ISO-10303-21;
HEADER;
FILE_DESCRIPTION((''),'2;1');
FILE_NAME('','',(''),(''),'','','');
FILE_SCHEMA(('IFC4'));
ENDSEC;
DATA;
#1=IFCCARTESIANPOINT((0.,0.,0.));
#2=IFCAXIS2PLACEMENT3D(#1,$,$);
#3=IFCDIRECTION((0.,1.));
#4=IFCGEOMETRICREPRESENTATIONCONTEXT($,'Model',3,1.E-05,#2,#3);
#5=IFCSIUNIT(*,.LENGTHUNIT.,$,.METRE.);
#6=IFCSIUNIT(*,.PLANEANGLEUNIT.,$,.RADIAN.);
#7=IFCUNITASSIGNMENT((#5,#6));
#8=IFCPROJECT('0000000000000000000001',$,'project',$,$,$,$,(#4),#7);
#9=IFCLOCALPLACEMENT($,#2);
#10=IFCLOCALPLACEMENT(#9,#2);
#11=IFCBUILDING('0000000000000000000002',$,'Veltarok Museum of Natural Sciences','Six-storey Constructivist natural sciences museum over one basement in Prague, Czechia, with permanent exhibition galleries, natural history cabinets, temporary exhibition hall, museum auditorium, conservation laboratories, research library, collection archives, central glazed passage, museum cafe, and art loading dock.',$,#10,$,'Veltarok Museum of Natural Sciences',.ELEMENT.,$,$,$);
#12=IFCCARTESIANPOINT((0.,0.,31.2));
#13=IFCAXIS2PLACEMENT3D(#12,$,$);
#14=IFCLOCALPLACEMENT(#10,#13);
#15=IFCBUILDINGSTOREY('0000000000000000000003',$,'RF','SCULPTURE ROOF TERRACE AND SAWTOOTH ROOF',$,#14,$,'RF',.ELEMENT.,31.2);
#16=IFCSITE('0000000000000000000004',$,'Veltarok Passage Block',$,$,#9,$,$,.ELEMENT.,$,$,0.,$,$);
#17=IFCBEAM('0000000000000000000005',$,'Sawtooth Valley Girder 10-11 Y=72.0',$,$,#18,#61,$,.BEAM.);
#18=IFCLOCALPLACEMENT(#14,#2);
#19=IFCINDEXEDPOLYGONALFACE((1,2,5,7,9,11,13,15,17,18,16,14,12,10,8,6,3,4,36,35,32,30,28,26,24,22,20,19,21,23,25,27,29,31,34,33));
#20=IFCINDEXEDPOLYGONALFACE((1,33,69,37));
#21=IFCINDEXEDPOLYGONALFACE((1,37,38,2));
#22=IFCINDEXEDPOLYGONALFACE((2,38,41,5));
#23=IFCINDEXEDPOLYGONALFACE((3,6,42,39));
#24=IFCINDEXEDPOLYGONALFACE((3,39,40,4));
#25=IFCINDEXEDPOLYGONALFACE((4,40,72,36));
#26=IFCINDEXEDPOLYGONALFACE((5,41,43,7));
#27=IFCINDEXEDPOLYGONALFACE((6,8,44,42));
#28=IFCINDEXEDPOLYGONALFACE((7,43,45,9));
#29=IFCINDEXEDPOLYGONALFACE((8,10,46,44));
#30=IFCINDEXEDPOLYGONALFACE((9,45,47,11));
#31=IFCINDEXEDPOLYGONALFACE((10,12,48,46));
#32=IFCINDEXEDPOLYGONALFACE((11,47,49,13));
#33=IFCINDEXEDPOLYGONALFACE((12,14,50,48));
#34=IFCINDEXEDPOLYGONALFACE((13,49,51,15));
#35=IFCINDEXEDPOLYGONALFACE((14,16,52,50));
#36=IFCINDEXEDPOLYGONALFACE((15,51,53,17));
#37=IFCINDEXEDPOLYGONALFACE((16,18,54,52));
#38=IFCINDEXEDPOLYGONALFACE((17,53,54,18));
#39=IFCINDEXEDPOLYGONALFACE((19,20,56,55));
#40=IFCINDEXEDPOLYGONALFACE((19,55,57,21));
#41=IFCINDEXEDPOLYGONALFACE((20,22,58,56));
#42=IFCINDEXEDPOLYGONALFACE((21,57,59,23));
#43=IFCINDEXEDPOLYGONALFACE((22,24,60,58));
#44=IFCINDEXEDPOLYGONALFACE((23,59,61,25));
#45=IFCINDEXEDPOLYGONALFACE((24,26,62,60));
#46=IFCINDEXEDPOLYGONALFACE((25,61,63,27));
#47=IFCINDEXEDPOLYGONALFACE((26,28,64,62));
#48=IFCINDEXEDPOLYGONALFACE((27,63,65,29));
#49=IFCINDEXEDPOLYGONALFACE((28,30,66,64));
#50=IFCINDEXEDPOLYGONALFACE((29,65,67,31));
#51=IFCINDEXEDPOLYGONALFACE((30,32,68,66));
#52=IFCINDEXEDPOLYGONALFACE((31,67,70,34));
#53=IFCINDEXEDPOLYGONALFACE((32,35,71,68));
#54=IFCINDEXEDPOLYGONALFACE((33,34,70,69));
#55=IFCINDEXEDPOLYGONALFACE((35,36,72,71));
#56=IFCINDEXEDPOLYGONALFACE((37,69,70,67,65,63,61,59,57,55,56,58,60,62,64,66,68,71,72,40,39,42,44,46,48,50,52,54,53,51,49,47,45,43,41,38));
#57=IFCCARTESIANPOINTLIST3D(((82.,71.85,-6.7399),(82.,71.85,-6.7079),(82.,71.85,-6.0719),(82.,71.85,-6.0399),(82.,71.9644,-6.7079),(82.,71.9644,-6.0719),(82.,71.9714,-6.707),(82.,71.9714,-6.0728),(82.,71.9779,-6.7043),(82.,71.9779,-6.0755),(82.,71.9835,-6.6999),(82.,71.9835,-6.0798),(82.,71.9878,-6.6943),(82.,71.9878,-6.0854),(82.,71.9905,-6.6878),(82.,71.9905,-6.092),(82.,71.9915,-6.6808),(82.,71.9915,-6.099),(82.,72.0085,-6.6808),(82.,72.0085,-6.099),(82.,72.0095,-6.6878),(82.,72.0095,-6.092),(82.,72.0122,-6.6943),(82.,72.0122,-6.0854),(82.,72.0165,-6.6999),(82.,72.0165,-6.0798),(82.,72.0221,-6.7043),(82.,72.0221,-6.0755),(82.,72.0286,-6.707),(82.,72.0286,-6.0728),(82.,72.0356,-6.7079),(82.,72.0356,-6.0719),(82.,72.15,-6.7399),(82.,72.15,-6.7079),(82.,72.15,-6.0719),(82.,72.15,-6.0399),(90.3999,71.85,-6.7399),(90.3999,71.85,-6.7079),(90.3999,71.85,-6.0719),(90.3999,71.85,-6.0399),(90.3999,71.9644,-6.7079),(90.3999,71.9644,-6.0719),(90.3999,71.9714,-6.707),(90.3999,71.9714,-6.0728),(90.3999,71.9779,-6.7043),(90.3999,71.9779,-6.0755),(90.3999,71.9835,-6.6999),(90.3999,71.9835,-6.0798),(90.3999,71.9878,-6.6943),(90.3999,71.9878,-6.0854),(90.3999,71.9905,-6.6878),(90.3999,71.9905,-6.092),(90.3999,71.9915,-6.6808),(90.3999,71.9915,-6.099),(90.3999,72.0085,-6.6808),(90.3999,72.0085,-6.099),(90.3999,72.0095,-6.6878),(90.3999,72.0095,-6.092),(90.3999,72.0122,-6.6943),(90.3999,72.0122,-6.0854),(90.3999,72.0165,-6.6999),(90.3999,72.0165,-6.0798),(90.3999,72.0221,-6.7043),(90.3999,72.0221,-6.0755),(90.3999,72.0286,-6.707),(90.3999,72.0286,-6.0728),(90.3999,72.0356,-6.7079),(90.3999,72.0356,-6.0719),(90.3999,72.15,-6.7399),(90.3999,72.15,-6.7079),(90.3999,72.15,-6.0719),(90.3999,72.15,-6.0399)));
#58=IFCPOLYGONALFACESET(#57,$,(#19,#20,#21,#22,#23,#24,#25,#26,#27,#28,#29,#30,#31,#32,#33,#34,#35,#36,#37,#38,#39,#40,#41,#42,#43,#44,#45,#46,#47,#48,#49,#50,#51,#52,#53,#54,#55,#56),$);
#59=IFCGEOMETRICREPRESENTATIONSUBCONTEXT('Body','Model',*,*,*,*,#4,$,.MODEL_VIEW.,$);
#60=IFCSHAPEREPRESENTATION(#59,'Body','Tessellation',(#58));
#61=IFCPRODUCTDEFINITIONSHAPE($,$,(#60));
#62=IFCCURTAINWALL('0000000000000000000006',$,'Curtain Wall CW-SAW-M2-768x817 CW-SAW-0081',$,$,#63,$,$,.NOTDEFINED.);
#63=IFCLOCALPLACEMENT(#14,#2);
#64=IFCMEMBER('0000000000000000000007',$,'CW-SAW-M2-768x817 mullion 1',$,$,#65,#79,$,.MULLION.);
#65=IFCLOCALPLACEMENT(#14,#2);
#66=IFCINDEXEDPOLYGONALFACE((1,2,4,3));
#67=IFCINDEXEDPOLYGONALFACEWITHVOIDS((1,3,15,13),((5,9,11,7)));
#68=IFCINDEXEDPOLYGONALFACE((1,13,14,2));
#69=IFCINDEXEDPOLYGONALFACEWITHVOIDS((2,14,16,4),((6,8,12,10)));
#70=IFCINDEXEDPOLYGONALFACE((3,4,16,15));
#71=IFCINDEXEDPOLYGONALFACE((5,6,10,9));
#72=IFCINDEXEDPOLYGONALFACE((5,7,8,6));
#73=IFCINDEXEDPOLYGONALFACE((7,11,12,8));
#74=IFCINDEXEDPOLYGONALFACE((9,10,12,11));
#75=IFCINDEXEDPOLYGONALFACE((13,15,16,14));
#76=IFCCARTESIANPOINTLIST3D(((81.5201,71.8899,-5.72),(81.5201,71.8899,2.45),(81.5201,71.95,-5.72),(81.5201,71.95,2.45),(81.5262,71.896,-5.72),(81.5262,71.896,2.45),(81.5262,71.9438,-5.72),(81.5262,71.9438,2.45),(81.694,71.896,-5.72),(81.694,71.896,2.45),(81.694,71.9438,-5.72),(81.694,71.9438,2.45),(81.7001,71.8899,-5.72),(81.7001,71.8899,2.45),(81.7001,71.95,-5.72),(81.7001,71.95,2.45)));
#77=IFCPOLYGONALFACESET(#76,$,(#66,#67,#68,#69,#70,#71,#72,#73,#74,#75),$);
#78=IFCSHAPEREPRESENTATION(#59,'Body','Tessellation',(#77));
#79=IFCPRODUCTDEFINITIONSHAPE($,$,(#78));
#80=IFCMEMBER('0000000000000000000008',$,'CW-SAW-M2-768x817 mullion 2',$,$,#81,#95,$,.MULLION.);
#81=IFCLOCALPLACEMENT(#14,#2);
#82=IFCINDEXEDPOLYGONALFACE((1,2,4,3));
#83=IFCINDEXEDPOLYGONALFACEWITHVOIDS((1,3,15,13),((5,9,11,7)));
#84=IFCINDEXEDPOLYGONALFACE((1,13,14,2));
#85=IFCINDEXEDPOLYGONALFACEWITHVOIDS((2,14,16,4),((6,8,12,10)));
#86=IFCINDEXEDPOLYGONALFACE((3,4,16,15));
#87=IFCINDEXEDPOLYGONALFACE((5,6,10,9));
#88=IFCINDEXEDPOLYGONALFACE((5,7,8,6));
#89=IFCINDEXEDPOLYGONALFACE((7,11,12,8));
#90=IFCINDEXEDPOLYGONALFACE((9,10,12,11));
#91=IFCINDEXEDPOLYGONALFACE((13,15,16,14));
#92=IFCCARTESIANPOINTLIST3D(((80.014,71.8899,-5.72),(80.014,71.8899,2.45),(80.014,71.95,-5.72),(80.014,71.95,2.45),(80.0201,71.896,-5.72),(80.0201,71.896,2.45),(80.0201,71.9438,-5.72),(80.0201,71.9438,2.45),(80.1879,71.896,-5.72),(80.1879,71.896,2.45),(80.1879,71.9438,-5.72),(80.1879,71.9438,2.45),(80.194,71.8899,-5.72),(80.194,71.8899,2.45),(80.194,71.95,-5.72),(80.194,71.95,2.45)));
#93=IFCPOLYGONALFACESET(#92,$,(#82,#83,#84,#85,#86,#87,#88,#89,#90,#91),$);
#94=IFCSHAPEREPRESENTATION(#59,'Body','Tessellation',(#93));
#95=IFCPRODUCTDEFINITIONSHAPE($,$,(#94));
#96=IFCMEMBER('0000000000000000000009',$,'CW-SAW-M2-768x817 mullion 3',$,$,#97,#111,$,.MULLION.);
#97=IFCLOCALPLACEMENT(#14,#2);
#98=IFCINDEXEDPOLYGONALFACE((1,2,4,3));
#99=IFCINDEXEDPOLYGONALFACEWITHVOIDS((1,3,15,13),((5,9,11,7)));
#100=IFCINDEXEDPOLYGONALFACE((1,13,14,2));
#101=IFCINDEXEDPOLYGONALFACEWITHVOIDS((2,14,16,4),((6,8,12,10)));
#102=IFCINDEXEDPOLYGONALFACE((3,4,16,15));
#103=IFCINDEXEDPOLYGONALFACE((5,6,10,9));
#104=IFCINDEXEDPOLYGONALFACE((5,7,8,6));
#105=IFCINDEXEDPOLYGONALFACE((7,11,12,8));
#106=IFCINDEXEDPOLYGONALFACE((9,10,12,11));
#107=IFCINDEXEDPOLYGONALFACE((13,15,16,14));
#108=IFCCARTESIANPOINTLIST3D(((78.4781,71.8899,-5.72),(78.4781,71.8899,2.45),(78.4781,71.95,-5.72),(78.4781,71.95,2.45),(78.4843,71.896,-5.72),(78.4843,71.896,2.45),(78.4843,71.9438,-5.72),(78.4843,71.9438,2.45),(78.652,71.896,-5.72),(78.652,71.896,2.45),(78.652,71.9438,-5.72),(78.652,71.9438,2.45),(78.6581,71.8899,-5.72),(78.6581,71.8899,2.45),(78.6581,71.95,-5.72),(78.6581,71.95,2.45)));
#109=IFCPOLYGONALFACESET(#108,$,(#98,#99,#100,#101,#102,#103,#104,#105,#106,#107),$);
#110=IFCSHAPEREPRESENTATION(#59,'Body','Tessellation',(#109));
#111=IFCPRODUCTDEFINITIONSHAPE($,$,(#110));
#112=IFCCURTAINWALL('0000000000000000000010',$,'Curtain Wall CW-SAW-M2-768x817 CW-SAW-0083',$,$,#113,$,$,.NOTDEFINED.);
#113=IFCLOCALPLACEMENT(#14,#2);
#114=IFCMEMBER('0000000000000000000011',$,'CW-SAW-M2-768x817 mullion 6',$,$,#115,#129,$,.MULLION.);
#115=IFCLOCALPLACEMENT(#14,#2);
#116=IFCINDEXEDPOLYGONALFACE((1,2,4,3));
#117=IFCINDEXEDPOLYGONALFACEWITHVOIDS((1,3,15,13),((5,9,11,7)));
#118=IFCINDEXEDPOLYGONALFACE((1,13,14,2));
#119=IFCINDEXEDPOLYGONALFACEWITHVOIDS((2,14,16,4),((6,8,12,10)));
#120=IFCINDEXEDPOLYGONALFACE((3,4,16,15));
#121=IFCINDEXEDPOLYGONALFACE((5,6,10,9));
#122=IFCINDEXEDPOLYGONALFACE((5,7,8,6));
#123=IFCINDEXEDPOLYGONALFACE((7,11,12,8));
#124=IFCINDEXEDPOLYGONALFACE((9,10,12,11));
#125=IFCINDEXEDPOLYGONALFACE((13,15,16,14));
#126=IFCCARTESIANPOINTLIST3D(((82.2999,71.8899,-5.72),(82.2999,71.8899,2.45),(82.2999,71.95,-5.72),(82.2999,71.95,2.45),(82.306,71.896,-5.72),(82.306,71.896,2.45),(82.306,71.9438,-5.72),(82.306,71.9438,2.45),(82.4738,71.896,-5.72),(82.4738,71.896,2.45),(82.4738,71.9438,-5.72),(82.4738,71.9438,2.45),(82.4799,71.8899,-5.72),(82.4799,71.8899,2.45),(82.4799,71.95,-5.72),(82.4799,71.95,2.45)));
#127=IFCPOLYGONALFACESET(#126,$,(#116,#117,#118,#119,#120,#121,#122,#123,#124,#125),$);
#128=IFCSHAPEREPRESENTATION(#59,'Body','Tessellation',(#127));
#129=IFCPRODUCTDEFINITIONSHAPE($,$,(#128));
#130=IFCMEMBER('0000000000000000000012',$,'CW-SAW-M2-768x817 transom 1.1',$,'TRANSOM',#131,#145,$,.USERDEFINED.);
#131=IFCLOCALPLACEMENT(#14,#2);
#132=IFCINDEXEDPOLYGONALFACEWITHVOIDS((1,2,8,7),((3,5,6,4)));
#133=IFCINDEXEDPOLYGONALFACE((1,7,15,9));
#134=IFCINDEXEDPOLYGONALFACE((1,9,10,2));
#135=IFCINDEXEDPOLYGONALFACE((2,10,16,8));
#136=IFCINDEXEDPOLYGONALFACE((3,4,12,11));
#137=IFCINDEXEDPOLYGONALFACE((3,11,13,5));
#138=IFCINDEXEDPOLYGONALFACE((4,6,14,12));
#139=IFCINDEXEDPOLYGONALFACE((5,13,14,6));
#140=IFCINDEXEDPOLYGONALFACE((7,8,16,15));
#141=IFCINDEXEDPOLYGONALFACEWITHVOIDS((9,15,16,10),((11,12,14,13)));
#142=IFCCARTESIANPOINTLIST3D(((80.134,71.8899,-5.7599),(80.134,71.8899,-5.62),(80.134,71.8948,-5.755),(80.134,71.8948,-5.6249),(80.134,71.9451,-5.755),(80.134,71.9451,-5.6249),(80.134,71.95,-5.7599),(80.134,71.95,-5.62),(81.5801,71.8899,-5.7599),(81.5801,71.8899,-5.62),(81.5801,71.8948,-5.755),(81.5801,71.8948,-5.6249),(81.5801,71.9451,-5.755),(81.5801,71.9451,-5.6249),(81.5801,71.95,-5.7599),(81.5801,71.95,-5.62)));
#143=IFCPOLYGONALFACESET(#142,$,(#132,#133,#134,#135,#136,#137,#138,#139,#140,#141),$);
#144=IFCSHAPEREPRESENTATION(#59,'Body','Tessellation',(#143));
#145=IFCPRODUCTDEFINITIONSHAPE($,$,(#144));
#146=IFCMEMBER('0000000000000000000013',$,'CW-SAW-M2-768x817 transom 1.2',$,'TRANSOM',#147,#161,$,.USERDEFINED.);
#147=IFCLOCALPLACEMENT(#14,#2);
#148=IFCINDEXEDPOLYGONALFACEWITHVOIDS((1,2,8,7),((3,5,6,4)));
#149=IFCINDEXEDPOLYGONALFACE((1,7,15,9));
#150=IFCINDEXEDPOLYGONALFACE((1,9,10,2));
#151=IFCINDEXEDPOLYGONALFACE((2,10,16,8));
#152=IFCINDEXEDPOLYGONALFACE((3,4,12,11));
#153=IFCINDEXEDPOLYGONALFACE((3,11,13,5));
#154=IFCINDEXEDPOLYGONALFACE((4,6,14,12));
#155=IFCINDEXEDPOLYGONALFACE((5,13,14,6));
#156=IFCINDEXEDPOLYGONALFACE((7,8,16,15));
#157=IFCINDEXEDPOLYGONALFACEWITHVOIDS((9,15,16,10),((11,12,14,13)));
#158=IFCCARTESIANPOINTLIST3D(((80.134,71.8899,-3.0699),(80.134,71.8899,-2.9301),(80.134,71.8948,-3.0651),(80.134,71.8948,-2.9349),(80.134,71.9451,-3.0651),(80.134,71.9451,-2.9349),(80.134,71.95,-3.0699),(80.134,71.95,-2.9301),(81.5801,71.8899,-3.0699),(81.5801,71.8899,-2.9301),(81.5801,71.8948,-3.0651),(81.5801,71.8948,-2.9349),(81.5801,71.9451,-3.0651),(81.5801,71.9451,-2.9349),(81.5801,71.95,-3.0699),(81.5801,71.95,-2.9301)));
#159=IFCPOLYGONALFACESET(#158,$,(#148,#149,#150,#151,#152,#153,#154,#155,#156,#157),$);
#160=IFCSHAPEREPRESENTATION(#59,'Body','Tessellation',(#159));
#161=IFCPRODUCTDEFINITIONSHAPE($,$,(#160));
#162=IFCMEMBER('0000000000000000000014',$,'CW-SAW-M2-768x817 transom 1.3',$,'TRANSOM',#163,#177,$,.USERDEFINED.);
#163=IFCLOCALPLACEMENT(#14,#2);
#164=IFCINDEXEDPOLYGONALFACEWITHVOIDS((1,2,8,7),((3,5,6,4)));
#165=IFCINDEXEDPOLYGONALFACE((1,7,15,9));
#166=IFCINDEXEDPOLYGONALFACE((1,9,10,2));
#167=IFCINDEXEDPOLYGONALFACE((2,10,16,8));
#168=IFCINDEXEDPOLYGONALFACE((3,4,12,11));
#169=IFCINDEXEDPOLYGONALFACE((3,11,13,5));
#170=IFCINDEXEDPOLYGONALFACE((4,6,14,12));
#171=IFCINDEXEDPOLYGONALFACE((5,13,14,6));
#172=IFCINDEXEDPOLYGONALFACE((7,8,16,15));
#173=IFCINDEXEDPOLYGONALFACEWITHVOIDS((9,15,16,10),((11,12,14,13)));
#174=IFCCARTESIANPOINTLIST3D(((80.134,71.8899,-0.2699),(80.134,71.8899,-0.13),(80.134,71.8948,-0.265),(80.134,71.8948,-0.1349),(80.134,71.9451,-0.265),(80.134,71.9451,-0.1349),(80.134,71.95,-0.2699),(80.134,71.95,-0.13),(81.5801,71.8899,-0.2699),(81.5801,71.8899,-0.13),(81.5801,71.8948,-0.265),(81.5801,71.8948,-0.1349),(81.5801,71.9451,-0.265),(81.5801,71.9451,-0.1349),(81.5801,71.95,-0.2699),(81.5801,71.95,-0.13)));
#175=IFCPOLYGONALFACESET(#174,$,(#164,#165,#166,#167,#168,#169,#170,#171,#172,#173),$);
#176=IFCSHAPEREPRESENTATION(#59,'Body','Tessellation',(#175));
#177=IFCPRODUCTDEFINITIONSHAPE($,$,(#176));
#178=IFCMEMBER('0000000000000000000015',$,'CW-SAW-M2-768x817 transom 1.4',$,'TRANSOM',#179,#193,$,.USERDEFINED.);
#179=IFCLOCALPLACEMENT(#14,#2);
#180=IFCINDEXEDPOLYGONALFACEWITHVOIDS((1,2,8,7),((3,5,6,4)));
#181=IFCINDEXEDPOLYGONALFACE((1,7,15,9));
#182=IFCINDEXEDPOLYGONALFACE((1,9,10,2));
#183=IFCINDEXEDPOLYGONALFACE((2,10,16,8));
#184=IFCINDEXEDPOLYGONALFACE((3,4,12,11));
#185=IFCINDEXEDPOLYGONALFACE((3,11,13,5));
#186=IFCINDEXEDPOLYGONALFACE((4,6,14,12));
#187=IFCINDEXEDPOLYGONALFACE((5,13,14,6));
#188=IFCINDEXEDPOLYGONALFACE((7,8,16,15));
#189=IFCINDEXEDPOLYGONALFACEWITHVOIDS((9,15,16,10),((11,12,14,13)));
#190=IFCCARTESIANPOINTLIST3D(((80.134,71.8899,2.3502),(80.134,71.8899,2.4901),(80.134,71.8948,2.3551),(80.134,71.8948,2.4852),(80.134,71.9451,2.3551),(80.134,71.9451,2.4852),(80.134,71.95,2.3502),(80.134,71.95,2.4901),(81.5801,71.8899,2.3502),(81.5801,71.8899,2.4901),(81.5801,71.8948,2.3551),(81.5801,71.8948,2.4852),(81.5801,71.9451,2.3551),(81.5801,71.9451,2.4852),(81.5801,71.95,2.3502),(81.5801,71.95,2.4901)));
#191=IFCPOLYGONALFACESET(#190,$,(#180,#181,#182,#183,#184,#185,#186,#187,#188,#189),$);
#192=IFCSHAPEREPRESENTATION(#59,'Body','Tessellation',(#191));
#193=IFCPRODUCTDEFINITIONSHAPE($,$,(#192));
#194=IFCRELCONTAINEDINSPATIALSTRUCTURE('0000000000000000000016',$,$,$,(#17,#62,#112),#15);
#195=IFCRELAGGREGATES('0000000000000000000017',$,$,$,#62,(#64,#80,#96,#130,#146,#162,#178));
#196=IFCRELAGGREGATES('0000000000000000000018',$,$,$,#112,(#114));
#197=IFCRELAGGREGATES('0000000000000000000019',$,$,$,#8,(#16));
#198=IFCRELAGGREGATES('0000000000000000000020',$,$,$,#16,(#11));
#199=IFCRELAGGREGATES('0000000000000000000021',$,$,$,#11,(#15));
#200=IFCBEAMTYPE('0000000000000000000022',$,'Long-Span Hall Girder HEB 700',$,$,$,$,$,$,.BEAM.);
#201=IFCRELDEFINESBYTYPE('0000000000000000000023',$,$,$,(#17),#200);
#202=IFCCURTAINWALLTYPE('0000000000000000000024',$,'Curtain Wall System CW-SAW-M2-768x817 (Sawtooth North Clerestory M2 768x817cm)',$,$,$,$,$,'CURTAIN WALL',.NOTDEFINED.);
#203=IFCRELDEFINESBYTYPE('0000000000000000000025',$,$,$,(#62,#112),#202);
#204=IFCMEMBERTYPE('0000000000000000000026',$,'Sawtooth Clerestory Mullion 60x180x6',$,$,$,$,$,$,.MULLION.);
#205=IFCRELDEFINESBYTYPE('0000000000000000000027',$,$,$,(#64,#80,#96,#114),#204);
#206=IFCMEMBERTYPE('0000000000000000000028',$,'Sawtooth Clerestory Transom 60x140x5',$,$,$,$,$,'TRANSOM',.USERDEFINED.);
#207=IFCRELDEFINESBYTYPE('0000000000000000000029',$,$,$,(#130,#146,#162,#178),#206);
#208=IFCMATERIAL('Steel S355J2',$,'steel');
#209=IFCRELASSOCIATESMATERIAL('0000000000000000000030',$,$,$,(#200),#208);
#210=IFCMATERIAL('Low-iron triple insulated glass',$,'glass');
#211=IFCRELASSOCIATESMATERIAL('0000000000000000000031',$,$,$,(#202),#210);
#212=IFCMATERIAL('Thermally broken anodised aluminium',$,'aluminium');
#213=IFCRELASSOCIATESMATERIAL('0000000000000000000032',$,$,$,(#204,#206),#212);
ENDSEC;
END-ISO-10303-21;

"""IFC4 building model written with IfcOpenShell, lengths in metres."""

from ifc_helpers import new_model, si_unit, direction, frame, origin, origin_2d, place, context, subcontext, project, spatial, hollow_rectangle, i_section, extrude, material, material_profile, profile_set, type_object, element, aggregate, save


model = new_model("IFC4")

# Units and contexts
model_context = context("Model", 3, precision=1e-05, world=origin(), true_north=direction((0.0, 1.0)))
body_context = subcontext(model_context, "Body", "Model", "MODEL_VIEW")
ifc_project = project(units=[si_unit("LENGTHUNIT", "METRE"), si_unit("PLANEANGLEUNIT", "RADIAN")], contexts=[model_context])

# Site, building, storey
site_placement = place(None, origin())
site = spatial("IfcSite", under=ifc_project, at=site_placement, Name="Veltarok Passage Block", CompositionType="ELEMENT", RefElevation=0.0)
building_placement = place(site_placement, origin())
building = spatial("IfcBuilding", under=site, at=building_placement, Name="Veltarok Museum of Natural Sciences", Description="Six-storey Constructivist natural sciences museum over one basement in Prague, Czechia, with permanent exhibition galleries, natural history cabinets, temporary exhibition hall, museum auditorium, conservation laboratories, research library, collection archives, central glazed passage, museum cafe, and art loading dock.", LongName="Veltarok Museum of Natural Sciences", CompositionType="ELEMENT")
storey_placement = place(building_placement, frame((0.0, 0.0, 31.2)))
storey = spatial("IfcBuildingStorey", under=building, at=storey_placement, Name="RF", Description="SCULPTURE ROOF TERRACE AND SAWTOOTH ROOF", LongName="RF", CompositionType="ELEMENT", Elevation=31.2)

# Beam
ifc_material_1 = material(Name="Steel S355J2", Category="steel")
ifc_material_profile_1 = material_profile(ifc_material_1, i_section(OverallWidth=0.3, OverallDepth=0.7, WebThickness=0.0171, FlangeThickness=0.032, FilletRadius=0.0271, at=origin_2d()), Name="HEB 700")
ifc_profile_set_1 = profile_set([ifc_material_profile_1], Name="Steel S355J2")
beam_type = type_object("IfcBeamType", Name="Long-Span Hall Girder HEB 700", PredefinedType="BEAM", material=ifc_profile_set_1)
beam_placement = place(storey_placement, frame((82.0, 72.0, -6.3899), z_axis=(1.0, 0.0, 0.0), x_axis=(0.0, 1.0, 0.0)))
element("IfcBeam", 1, at=beam_placement, inside=storey, type_object=beam_type, Name="Sawtooth Valley Girder 10-11 Y=72.0", PredefinedType="BEAM", context=body_context, shape_type="SweptSolid", body=[
    extrude(i_section(OverallWidth=0.3, OverallDepth=0.7, WebThickness=0.0171, FlangeThickness=0.032, FilletRadius=0.0271, at=origin_2d()), origin(), (0.0, 0.0, 1.0), 8.3999),
])

# Curtain wall, members
ifc_material_2 = material(Name="Low-iron triple insulated glass", Category="glass")
curtain_wall_type = type_object("IfcCurtainWallType", Name="Curtain Wall System CW-SAW-M2-768x817 (Sawtooth North Clerestory M2 768x817cm)", ElementType="CURTAIN WALL", PredefinedType="NOTDEFINED", material=ifc_material_2)
curtain_wall_1_placement = place(storey_placement, origin())
curtain_wall_1 = element("IfcCurtainWall", 2, at=curtain_wall_1_placement, inside=storey, type_object=curtain_wall_type, Name="Curtain Wall CW-SAW-M2-768x817 CW-SAW-0081", PredefinedType="NOTDEFINED")
ifc_material_3 = material(Name="Thermally broken anodised aluminium", Category="aluminium")
ifc_material_profile_2 = material_profile(ifc_material_3, hollow_rectangle(XDim=0.0601, YDim=0.1799, WallThickness=0.0061, at=origin_2d()), Name="CW MULLION 60x180x6")
ifc_profile_set_2 = profile_set([ifc_material_profile_2], Name="Thermally broken anodised aluminium")
member_type_1 = type_object("IfcMemberType", Name="Sawtooth Clerestory Mullion 60x180x6", PredefinedType="MULLION", material=ifc_profile_set_2)
member_1_placement = place(storey_placement, frame((81.6101, 71.9199, -5.72), z_axis=(0.0, 0.0, 1.0), x_axis=(0.0, -1.0, 0.0)))
member_1 = element("IfcMember", 3, at=member_1_placement, type_object=member_type_1, Name="CW-SAW-M2-768x817 mullion 1", PredefinedType="MULLION", context=body_context, shape_type="SweptSolid", body=[
    extrude(hollow_rectangle(XDim=0.0601, YDim=0.1799, WallThickness=0.0061, at=origin_2d()), origin(), (0.0, 0.0, 1.0), 8.1699),
])
member_2_placement = place(storey_placement, frame((80.104, 71.9199, -5.72), z_axis=(0.0, 0.0, 1.0), x_axis=(0.0, -1.0, 0.0)))
member_2 = element("IfcMember", 4, at=member_2_placement, type_object=member_type_1, Name="CW-SAW-M2-768x817 mullion 2", PredefinedType="MULLION", context=body_context, shape_type="SweptSolid", body=[
    extrude(hollow_rectangle(XDim=0.0601, YDim=0.1799, WallThickness=0.0061, at=origin_2d()), origin(), (0.0, 0.0, 1.0), 8.1699),
])
member_3_placement = place(storey_placement, frame((78.5681, 71.9199, -5.72), z_axis=(0.0, 0.0, 1.0), x_axis=(0.0, -1.0, 0.0)))
member_3 = element("IfcMember", 5, at=member_3_placement, type_object=member_type_1, Name="CW-SAW-M2-768x817 mullion 3", PredefinedType="MULLION", context=body_context, shape_type="SweptSolid", body=[
    extrude(hollow_rectangle(XDim=0.0601, YDim=0.1799, WallThickness=0.0061, at=origin_2d()), origin(), (0.0, 0.0, 1.0), 8.1699),
])

# Curtain wall, member
curtain_wall_2_placement = place(storey_placement, origin())
curtain_wall_2 = element("IfcCurtainWall", 6, at=curtain_wall_2_placement, inside=storey, type_object=curtain_wall_type, Name="Curtain Wall CW-SAW-M2-768x817 CW-SAW-0083", PredefinedType="NOTDEFINED")
member_4_placement = place(storey_placement, frame((82.3899, 71.9199, -5.72), z_axis=(0.0, 0.0, 1.0), x_axis=(0.0, -1.0, 0.0)))
member_4 = element("IfcMember", 7, at=member_4_placement, type_object=member_type_1, Name="CW-SAW-M2-768x817 mullion 6", PredefinedType="MULLION", context=body_context, shape_type="SweptSolid", body=[
    extrude(hollow_rectangle(XDim=0.0601, YDim=0.1799, WallThickness=0.0061, at=origin_2d()), origin(), (0.0, 0.0, 1.0), 8.1699),
])

# Members
ifc_material_profile_3 = material_profile(ifc_material_3, hollow_rectangle(XDim=0.0601, YDim=0.1399, WallThickness=0.0049, at=origin_2d()), Name="CW TRANSOM 60x140x5")
ifc_profile_set_3 = profile_set([ifc_material_profile_3], Name="Thermally broken anodised aluminium")
member_type_2 = type_object("IfcMemberType", Name="Sawtooth Clerestory Transom 60x140x5", ElementType="TRANSOM", PredefinedType="USERDEFINED", material=ifc_profile_set_3)
member_5_placement = place(storey_placement, frame((81.5801, 71.9199, -5.6899), z_axis=(-1.0, 0.0, 0.0), x_axis=(0.0, -1.0, 0.0)))
member_5 = element("IfcMember", 8, at=member_5_placement, type_object=member_type_2, Name="CW-SAW-M2-768x817 transom 1.1", ObjectType="TRANSOM", PredefinedType="USERDEFINED", context=body_context, shape_type="SweptSolid", body=[
    extrude(hollow_rectangle(XDim=0.0601, YDim=0.1399, WallThickness=0.0049, at=origin_2d()), origin(), (0.0, 0.0, 1.0), 1.446),
])
member_6_placement = place(storey_placement, frame((81.5801, 71.9199, -3.0), z_axis=(-1.0, 0.0, 0.0), x_axis=(0.0, -1.0, 0.0)))
member_6 = element("IfcMember", 9, at=member_6_placement, type_object=member_type_2, Name="CW-SAW-M2-768x817 transom 1.2", ObjectType="TRANSOM", PredefinedType="USERDEFINED", context=body_context, shape_type="SweptSolid", body=[
    extrude(hollow_rectangle(XDim=0.0601, YDim=0.1399, WallThickness=0.0049, at=origin_2d()), origin(), (0.0, 0.0, 1.0), 1.446),
])
member_7_placement = place(storey_placement, frame((81.5801, 71.9199, -0.2), z_axis=(-1.0, 0.0, 0.0), x_axis=(0.0, -1.0, 0.0)))
member_7 = element("IfcMember", 10, at=member_7_placement, type_object=member_type_2, Name="CW-SAW-M2-768x817 transom 1.3", ObjectType="TRANSOM", PredefinedType="USERDEFINED", context=body_context, shape_type="SweptSolid", body=[
    extrude(hollow_rectangle(XDim=0.0601, YDim=0.1399, WallThickness=0.0049, at=origin_2d()), origin(), (0.0, 0.0, 1.0), 1.446),
])
member_8_placement = place(storey_placement, frame((81.5801, 71.9199, 2.4202), z_axis=(-1.0, 0.0, 0.0), x_axis=(0.0, -1.0, 0.0)))
member_8 = element("IfcMember", 11, at=member_8_placement, type_object=member_type_2, Name="CW-SAW-M2-768x817 transom 1.4", ObjectType="TRANSOM", PredefinedType="USERDEFINED", context=body_context, shape_type="SweptSolid", body=[
    extrude(hollow_rectangle(XDim=0.0601, YDim=0.1399, WallThickness=0.0049, at=origin_2d()), origin(), (0.0, 0.0, 1.0), 1.446),
])

aggregate(curtain_wall_1, [member_1, member_2, member_3, member_5, member_6, member_7, member_8])
aggregate(curtain_wall_2, [member_4])

save(model, "model.ifc")
